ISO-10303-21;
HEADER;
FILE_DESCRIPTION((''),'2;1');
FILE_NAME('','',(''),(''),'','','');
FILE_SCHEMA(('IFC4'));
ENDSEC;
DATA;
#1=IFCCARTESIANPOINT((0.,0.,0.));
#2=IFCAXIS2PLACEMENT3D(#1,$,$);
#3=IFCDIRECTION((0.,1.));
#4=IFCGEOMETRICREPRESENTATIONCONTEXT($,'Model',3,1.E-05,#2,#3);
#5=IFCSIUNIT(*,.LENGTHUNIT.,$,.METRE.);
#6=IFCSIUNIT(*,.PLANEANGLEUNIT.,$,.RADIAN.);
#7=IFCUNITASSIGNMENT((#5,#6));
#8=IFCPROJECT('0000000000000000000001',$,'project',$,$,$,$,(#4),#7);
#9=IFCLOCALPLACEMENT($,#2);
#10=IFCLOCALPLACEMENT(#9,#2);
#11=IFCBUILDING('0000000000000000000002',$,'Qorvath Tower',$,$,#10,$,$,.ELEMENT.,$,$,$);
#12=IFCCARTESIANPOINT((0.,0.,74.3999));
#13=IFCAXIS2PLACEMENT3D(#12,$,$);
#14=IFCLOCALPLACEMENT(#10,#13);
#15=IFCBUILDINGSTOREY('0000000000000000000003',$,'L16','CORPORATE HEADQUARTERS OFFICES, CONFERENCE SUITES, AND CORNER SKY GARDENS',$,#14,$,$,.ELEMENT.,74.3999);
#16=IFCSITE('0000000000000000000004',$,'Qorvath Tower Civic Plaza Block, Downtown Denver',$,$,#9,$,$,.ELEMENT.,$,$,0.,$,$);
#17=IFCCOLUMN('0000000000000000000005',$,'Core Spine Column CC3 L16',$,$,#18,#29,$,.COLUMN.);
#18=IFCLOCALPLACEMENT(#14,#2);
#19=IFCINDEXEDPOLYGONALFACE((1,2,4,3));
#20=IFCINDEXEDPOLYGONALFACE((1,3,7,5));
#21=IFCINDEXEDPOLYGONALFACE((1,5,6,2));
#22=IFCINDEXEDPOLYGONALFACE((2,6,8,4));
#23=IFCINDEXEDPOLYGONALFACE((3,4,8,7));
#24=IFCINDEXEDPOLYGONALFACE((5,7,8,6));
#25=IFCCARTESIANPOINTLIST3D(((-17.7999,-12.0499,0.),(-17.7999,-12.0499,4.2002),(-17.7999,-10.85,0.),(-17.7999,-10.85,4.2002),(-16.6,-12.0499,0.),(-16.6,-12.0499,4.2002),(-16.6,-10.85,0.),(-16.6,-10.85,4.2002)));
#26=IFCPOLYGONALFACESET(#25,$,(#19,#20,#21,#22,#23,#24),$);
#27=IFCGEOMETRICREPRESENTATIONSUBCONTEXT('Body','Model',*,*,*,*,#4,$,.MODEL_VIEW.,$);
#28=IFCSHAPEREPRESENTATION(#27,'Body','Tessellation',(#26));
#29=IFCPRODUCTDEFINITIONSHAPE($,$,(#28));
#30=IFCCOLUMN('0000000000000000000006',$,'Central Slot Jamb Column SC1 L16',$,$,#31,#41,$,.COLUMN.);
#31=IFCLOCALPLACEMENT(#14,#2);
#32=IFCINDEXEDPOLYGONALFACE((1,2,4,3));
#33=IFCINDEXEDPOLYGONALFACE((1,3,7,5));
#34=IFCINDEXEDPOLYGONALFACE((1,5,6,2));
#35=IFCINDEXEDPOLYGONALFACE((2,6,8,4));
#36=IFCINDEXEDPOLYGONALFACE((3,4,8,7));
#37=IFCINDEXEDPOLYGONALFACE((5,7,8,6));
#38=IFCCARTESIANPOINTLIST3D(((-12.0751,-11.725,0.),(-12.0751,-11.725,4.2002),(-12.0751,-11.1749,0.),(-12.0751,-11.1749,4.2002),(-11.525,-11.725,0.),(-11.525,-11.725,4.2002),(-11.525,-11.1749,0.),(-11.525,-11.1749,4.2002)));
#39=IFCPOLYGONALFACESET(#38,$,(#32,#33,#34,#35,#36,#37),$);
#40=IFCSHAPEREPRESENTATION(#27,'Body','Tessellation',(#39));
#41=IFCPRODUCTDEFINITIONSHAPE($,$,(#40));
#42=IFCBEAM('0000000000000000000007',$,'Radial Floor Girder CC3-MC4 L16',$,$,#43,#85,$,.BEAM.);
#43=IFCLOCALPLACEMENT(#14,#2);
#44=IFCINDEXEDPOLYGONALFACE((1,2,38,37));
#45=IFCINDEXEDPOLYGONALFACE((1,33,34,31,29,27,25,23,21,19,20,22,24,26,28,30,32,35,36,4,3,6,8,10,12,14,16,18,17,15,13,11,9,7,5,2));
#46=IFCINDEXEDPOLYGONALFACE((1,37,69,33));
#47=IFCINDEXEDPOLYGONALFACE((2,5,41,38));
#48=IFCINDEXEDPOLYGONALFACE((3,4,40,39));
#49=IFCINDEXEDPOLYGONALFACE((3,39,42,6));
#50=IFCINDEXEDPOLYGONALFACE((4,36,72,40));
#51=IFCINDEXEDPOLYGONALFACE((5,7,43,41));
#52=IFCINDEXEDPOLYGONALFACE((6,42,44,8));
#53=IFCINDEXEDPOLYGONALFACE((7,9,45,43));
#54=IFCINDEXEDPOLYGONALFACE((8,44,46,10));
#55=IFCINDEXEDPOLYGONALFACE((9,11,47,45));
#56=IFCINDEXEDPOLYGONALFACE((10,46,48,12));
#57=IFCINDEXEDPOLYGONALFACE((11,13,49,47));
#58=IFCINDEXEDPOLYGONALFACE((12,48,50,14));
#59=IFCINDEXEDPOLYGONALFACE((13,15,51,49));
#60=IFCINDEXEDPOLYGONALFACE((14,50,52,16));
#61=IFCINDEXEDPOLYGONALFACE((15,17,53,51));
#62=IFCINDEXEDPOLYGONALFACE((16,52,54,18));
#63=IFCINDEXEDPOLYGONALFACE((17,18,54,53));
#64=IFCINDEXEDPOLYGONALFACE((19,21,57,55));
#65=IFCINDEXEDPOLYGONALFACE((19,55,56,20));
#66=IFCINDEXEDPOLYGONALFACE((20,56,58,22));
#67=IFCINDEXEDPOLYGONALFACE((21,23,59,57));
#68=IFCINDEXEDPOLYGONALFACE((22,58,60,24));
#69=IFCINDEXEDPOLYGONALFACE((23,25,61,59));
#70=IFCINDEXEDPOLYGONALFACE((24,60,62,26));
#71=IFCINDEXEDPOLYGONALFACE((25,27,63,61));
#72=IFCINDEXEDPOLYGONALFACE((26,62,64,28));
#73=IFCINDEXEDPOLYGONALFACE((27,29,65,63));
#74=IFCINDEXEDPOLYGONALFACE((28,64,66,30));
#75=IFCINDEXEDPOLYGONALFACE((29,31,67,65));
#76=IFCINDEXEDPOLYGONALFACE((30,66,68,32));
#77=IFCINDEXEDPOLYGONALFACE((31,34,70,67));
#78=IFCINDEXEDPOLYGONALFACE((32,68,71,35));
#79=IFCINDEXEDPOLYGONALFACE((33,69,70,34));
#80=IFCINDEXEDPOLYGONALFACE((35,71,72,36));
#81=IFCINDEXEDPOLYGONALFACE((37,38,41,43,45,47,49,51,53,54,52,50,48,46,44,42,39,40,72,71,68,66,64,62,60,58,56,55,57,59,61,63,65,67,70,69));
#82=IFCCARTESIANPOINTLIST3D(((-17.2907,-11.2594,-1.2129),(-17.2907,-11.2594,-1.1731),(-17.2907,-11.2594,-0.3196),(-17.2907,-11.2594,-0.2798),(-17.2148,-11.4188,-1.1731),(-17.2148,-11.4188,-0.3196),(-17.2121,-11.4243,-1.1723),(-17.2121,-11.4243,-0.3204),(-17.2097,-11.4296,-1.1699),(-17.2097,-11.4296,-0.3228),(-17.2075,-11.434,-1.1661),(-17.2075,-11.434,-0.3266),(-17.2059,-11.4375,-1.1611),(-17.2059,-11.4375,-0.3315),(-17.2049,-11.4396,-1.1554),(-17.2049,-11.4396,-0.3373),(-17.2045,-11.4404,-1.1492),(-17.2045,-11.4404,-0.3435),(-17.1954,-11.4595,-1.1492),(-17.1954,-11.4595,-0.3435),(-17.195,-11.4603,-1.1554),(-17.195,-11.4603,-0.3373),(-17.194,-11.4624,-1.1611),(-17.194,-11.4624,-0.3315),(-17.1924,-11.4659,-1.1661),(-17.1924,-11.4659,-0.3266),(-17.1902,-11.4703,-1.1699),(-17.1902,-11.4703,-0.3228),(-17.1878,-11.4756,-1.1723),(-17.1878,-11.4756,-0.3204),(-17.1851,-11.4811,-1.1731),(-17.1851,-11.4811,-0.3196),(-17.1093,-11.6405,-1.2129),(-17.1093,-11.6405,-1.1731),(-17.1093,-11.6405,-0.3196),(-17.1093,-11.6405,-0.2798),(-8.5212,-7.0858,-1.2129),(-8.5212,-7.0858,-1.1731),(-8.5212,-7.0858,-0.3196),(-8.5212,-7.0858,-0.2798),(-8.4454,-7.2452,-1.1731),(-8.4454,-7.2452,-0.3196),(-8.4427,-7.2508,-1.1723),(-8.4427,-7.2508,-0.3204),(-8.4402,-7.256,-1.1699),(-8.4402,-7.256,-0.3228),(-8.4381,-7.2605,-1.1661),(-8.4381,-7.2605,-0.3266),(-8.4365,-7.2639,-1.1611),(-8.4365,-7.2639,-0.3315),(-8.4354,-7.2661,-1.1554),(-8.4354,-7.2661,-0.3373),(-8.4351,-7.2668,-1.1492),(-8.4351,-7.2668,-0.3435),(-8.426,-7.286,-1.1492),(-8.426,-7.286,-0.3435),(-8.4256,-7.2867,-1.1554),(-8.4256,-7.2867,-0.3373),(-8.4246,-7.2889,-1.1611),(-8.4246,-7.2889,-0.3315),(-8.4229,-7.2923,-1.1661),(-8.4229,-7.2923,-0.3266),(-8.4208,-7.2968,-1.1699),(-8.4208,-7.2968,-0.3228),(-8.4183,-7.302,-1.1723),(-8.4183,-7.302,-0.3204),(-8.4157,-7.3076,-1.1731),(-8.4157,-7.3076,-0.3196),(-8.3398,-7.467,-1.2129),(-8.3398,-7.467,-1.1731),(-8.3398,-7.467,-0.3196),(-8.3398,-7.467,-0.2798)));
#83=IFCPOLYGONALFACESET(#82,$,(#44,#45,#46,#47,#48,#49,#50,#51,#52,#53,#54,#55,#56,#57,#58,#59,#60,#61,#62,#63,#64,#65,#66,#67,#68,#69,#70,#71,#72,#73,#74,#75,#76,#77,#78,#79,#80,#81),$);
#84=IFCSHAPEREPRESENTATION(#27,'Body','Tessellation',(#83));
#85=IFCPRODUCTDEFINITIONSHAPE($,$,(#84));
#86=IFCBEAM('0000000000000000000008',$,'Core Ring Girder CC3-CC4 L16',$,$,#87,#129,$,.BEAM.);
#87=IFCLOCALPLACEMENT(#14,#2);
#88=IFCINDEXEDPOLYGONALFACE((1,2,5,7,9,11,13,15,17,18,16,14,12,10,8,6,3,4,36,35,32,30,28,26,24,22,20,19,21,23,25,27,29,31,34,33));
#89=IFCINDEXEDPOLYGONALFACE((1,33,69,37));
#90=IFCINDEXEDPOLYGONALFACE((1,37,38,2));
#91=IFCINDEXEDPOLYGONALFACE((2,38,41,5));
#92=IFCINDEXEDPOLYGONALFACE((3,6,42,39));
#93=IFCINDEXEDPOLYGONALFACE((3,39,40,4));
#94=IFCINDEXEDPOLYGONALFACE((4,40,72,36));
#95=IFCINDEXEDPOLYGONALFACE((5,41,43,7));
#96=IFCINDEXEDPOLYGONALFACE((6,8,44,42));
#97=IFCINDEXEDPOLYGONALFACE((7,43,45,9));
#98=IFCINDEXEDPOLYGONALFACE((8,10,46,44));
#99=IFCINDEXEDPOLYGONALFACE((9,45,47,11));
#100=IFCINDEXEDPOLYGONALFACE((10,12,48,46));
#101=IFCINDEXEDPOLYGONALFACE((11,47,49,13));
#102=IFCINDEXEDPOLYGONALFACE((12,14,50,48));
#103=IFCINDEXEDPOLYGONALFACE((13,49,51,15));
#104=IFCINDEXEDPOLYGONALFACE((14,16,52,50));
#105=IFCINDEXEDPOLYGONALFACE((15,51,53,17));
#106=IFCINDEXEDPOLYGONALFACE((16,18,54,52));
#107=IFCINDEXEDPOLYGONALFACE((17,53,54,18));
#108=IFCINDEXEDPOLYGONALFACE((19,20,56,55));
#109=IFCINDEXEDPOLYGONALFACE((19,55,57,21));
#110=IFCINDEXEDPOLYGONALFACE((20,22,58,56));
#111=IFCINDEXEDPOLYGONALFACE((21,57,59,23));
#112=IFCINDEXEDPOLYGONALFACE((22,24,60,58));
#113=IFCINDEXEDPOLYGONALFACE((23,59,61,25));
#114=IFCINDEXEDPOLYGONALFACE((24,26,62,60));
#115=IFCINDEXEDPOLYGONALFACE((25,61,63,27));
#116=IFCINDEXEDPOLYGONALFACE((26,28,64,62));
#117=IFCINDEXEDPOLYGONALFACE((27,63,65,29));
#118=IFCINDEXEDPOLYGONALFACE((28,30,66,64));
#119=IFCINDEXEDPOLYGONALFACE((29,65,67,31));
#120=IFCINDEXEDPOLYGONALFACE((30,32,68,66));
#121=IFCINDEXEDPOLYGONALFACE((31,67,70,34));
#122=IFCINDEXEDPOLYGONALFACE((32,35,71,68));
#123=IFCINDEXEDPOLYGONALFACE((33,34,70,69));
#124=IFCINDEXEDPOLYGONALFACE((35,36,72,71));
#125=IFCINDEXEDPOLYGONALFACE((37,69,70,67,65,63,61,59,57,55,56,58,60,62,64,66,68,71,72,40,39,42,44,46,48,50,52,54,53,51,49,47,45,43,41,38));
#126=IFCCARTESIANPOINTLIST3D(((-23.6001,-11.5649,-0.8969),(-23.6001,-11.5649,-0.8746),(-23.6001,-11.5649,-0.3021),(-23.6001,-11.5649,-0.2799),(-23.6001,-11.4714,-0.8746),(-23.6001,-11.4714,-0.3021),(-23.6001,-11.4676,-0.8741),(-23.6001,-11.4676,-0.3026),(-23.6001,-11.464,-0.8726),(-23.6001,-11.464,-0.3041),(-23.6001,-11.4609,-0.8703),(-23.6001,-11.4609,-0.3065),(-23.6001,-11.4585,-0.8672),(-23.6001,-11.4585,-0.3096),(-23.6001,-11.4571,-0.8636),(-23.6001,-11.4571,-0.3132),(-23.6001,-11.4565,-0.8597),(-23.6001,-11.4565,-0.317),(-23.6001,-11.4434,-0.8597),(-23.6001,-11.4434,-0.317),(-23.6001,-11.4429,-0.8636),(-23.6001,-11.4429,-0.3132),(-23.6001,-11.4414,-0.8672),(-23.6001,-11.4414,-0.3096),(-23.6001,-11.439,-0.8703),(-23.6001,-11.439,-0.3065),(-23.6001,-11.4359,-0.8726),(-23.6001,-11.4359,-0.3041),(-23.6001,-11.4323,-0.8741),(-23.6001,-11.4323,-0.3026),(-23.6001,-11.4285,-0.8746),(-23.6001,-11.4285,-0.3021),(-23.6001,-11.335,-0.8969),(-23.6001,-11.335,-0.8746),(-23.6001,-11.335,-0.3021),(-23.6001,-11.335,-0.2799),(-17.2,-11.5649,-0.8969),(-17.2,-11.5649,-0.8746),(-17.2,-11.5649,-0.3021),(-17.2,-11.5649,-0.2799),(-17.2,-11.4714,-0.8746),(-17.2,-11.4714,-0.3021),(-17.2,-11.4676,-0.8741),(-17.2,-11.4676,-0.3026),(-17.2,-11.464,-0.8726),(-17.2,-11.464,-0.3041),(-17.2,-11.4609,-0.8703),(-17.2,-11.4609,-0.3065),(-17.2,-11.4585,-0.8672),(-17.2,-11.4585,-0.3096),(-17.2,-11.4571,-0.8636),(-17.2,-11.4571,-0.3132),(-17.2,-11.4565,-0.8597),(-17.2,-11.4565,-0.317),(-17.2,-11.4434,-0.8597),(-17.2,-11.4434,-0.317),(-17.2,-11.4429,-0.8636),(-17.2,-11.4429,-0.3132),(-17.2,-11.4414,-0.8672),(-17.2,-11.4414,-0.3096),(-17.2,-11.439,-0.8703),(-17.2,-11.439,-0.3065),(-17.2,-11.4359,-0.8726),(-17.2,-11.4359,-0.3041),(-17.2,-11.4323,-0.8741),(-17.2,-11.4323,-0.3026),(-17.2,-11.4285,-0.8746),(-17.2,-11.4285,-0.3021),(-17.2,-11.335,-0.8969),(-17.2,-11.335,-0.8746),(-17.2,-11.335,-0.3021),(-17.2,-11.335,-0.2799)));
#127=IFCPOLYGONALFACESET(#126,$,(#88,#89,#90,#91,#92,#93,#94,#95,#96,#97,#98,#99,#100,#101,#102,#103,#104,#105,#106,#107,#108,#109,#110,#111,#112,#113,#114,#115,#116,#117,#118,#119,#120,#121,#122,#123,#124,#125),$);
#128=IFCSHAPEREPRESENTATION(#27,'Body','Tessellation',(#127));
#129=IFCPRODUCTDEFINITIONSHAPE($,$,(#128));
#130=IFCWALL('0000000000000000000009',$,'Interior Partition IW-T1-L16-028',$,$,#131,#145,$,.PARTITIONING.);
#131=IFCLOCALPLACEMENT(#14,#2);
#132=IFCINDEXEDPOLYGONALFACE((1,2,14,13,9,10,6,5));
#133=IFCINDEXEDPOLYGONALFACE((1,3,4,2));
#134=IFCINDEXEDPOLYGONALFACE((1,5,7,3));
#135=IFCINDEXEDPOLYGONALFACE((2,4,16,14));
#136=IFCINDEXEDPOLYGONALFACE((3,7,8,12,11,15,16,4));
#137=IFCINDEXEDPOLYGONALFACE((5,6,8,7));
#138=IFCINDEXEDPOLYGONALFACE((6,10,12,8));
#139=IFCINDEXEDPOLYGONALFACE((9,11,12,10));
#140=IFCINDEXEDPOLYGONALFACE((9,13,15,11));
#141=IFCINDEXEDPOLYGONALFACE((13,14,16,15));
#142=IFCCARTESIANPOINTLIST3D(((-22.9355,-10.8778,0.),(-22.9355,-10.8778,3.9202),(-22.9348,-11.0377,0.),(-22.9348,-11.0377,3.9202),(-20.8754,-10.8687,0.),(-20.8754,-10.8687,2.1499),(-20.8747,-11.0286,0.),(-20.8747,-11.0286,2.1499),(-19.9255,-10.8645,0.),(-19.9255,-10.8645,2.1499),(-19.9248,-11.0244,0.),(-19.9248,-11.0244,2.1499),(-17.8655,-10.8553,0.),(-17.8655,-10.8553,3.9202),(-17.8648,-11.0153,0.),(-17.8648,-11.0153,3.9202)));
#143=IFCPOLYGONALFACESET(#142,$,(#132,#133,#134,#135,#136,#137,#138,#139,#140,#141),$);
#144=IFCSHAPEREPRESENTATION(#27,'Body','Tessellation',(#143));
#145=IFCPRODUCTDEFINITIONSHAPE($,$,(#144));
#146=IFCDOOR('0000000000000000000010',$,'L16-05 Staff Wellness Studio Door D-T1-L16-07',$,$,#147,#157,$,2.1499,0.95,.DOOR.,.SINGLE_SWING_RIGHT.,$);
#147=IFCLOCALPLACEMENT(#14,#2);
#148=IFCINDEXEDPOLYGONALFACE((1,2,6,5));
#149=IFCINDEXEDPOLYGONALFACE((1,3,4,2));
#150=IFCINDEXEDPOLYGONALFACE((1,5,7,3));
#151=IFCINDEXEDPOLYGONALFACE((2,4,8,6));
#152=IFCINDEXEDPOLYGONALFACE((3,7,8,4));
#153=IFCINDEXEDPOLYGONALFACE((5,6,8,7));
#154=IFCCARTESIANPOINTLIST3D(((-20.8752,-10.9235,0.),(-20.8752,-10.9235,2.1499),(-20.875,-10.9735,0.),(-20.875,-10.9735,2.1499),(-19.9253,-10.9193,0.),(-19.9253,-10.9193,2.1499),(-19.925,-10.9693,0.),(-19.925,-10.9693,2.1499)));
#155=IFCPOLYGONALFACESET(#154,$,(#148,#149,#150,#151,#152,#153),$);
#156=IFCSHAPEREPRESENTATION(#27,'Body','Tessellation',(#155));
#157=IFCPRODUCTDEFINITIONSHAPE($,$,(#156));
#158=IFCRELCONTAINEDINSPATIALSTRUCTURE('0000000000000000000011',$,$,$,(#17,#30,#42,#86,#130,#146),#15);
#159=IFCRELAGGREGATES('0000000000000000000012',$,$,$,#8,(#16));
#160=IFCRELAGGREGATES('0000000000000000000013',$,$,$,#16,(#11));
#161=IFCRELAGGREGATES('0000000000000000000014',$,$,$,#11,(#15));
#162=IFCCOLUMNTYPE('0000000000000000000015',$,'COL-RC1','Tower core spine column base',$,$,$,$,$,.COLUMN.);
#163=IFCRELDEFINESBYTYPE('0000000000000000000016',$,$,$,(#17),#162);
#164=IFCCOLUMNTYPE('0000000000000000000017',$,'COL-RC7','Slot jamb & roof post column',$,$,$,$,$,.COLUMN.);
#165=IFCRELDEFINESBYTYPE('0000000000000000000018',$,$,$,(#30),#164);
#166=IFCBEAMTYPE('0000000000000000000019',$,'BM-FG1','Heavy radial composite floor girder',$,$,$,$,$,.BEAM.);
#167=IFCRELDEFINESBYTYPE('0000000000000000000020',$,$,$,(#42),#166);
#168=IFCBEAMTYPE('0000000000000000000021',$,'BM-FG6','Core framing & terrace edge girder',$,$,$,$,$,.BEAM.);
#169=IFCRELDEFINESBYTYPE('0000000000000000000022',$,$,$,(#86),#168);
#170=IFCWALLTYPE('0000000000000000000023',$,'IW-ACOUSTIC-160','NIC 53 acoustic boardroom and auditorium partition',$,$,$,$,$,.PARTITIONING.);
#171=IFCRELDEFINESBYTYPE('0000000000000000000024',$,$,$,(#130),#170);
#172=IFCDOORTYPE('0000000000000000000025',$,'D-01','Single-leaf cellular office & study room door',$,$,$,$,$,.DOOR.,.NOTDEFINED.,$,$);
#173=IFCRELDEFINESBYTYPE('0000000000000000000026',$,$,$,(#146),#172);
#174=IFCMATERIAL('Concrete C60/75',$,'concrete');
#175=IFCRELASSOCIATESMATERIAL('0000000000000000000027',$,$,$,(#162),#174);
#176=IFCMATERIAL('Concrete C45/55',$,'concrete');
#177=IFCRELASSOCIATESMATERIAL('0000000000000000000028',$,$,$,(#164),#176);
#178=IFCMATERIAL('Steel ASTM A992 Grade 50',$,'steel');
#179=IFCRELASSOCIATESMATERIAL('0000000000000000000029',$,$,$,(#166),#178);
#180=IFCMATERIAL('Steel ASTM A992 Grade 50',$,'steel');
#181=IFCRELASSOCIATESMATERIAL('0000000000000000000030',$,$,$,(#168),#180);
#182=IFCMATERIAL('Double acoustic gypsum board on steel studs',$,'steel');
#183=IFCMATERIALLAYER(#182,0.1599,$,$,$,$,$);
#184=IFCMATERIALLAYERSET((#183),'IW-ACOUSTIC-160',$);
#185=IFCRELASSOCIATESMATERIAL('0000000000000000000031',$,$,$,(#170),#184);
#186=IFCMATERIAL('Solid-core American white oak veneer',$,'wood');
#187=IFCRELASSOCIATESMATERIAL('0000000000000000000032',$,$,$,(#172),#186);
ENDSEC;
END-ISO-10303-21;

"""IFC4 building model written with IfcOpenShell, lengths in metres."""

from ifc_helpers import new_model, si_unit, direction, frame, frame_2d, origin, origin_2d, place, context, subcontext, project, spatial, rectangle, i_section, extrude, material, layer, layer_set, material_profile, profile_set, type_object, element, fill, save


model = new_model("IFC4")

# Units and contexts
model_context = context("Model", 3, precision=1e-05, world=origin(), true_north=direction((0.0, 1.0)))
body_context = subcontext(model_context, "Body", "Model", "MODEL_VIEW")
ifc_project = project(units=[si_unit("LENGTHUNIT", "METRE"), si_unit("PLANEANGLEUNIT", "RADIAN")], contexts=[model_context])

# Site, building, storey
site_placement = place(None, origin())
site = spatial("IfcSite", under=ifc_project, at=site_placement, Name="Qorvath Tower Civic Plaza Block, Downtown Denver", CompositionType="ELEMENT", RefElevation=0.0)
building_placement = place(site_placement, origin())
building = spatial("IfcBuilding", under=site, at=building_placement, Name="Qorvath Tower", CompositionType="ELEMENT")
storey_placement = place(building_placement, frame((0.0, 0.0, 74.3999)))
storey = spatial("IfcBuildingStorey", under=building, at=storey_placement, Name="L16", Description="CORPORATE HEADQUARTERS OFFICES, CONFERENCE SUITES, AND CORNER SKY GARDENS", CompositionType="ELEMENT", Elevation=74.3999)

# Columns
ifc_material_1 = material(Name="Concrete C60/75", Category="concrete")
ifc_material_profile_1 = material_profile(ifc_material_1, rectangle(XDim=1.2, YDim=1.2, at=origin_2d()), Name="RC 1200x1200")
ifc_profile_set_1 = profile_set([ifc_material_profile_1], Name="Concrete C60/75")
column_type_1 = type_object("IfcColumnType", Name="COL-RC1", Description="Tower core spine column base", PredefinedType="COLUMN", material=ifc_profile_set_1)
column_1_placement = place(storey_placement, frame((-17.2, -11.45, 0.0), z_axis=(0.0, 0.0, 1.0), x_axis=(1.0, 0.0, 0.0)))
element("IfcColumn", 1, at=column_1_placement, inside=storey, type_object=column_type_1, Name="Core Spine Column CC3 L16", PredefinedType="COLUMN", context=body_context, shape_type="SweptSolid", body=[
    extrude(rectangle(XDim=1.2, YDim=1.2, at=origin_2d()), origin(), (0.0, 0.0, 1.0), 4.2002),
])
ifc_material_2 = material(Name="Concrete C45/55", Category="concrete")
ifc_material_profile_2 = material_profile(ifc_material_2, rectangle(XDim=0.55, YDim=0.55, at=origin_2d()), Name="RC 550x550")
ifc_profile_set_2 = profile_set([ifc_material_profile_2], Name="Concrete C45/55")
column_type_2 = type_object("IfcColumnType", Name="COL-RC7", Description="Slot jamb & roof post column", PredefinedType="COLUMN", material=ifc_profile_set_2)
column_2_placement = place(storey_placement, frame((-11.8, -11.45, 0.0), z_axis=(0.0, 0.0, 1.0), x_axis=(1.0, 0.0, 0.0)))
element("IfcColumn", 2, at=column_2_placement, inside=storey, type_object=column_type_2, Name="Central Slot Jamb Column SC1 L16", PredefinedType="COLUMN", context=body_context, shape_type="SweptSolid", body=[
    extrude(rectangle(XDim=0.55, YDim=0.55, at=origin_2d()), origin(), (0.0, 0.0, 1.0), 4.2002),
])

# Beams
ifc_material_3 = material(Name="Steel ASTM A992 Grade 50", Category="steel")
ifc_material_profile_3 = material_profile(ifc_material_3, i_section(OverallWidth=0.4221, OverallDepth=0.9331, WebThickness=0.0212, FlangeThickness=0.0398, FilletRadius=0.0239, at=origin_2d()), Name="W36x262")
ifc_profile_set_3 = profile_set([ifc_material_profile_3], Name="Steel ASTM A992 Grade 50")
beam_type_1 = type_object("IfcBeamType", Name="BM-FG1", Description="Heavy radial composite floor girder", PredefinedType="BEAM", material=ifc_profile_set_3)
beam_1_placement = place(storey_placement, frame((-17.2, -11.45, -0.7463), z_axis=(0.902956, 0.429734, 0.0), x_axis=(-0.429734, 0.902956, 0.0)))
element("IfcBeam", 3, at=beam_1_placement, inside=storey, type_object=beam_type_1, Name="Radial Floor Girder CC3-MC4 L16", PredefinedType="BEAM", context=body_context, shape_type="SweptSolid", body=[
    extrude(i_section(OverallWidth=0.4221, OverallDepth=0.9331, WebThickness=0.0212, FlangeThickness=0.0398, FilletRadius=0.0239, at=origin_2d()), origin(), (0.0, 0.0, 1.0), 9.7119),
])
ifc_material_4 = material(Name="Steel ASTM A992 Grade 50", Category="steel")
ifc_material_profile_4 = material_profile(ifc_material_4, i_section(OverallWidth=0.23, OverallDepth=0.6169, WebThickness=0.0132, FlangeThickness=0.0222, FilletRadius=0.0149, at=origin_2d()), Name="W24x94")
ifc_profile_set_4 = profile_set([ifc_material_profile_4], Name="Steel ASTM A992 Grade 50")
beam_type_2 = type_object("IfcBeamType", Name="BM-FG6", Description="Core framing & terrace edge girder", PredefinedType="BEAM", material=ifc_profile_set_4)
beam_2_placement = place(storey_placement, frame((-17.2, -11.45, -0.5884), z_axis=(-1.0, 0.0, 0.0), x_axis=(0.0, -1.0, 0.0)))
element("IfcBeam", 4, at=beam_2_placement, inside=storey, type_object=beam_type_2, Name="Core Ring Girder CC3-CC4 L16", PredefinedType="BEAM", context=body_context, shape_type="SweptSolid", body=[
    extrude(i_section(OverallWidth=0.23, OverallDepth=0.6169, WebThickness=0.0132, FlangeThickness=0.0222, FilletRadius=0.0149, at=origin_2d()), origin(), (0.0, 0.0, 1.0), 6.4001),
])

# Wall, opening, door
ifc_material_5 = material(Name="Double acoustic gypsum board on steel studs", Category="steel")
ifc_layer_1 = layer(ifc_material_5, 0.1599)
ifc_layer_set_1 = layer_set([ifc_layer_1], Name="IW-ACOUSTIC-160")
wall_type_1 = type_object("IfcWallType", Name="IW-ACOUSTIC-160", Description="NIC 53 acoustic boardroom and auditorium partition", PredefinedType="PARTITIONING", material=ifc_layer_set_1)
wall_1_placement = place(storey_placement, frame((-17.865, -10.9353, 0.0), z_axis=(0.0, 0.0, 1.0), x_axis=(-0.99999, -0.00443, 0.0)))
wall_1 = element("IfcWall", 5, at=wall_1_placement, inside=storey, type_object=wall_type_1, Name="Interior Partition IW-T1-L16-028", PredefinedType="PARTITIONING", context=body_context, shape_type="SweptSolid", body=[
    extrude(rectangle(XDim=5.0701, YDim=0.1599, at=frame_2d((2.5352, 0.0))), origin(), (0.0, 0.0, 1.0), 3.9202),
])
opening_1_placement = place(wall_1_placement, frame((2.0601, 0.0, 0.0)))
opening_1 = element("IfcOpeningElement", 6, at=opening_1_placement, cuts=wall_1, PredefinedType="OPENING", context=body_context, shape_type="SweptSolid", body=[
    extrude(rectangle(XDim=0.95, YDim=2.1499, at=frame_2d((0.4751, 1.075))), frame((0.0, 0.0898, 0.0), z_axis=(0.0, -1.0, 0.0), x_axis=(1.0, 0.0, 0.0)), (0.0, 0.0, 1.0), 0.1799),
])
ifc_material_6 = material(Name="Solid-core American white oak veneer", Category="wood")
door_type_1 = type_object("IfcDoorType", Name="D-01", Description="Single-leaf cellular office & study room door", OperationType="NOTDEFINED", PredefinedType="DOOR", material=ifc_material_6)
door_1_placement = place(opening_1_placement, origin())
door_1 = element("IfcDoor", 7, at=door_1_placement, inside=storey, type_object=door_type_1, Name="L16-05 Staff Wellness Studio Door D-T1-L16-07", OperationType="SINGLE_SWING_RIGHT", OverallHeight=2.1499, OverallWidth=0.95, PredefinedType="DOOR", context=body_context, shape_type="SweptSolid", body=[
    extrude(rectangle(XDim=0.95, YDim=2.1499, at=frame_2d((0.4751, 1.075))), frame((0.0, 0.0249, 0.0), z_axis=(0.0, -1.0, 0.0), x_axis=(1.0, 0.0, 0.0)), (0.0, 0.0, 1.0), 0.05),
])
fill(opening_1, door_1)

save(model, "model.ifc")
